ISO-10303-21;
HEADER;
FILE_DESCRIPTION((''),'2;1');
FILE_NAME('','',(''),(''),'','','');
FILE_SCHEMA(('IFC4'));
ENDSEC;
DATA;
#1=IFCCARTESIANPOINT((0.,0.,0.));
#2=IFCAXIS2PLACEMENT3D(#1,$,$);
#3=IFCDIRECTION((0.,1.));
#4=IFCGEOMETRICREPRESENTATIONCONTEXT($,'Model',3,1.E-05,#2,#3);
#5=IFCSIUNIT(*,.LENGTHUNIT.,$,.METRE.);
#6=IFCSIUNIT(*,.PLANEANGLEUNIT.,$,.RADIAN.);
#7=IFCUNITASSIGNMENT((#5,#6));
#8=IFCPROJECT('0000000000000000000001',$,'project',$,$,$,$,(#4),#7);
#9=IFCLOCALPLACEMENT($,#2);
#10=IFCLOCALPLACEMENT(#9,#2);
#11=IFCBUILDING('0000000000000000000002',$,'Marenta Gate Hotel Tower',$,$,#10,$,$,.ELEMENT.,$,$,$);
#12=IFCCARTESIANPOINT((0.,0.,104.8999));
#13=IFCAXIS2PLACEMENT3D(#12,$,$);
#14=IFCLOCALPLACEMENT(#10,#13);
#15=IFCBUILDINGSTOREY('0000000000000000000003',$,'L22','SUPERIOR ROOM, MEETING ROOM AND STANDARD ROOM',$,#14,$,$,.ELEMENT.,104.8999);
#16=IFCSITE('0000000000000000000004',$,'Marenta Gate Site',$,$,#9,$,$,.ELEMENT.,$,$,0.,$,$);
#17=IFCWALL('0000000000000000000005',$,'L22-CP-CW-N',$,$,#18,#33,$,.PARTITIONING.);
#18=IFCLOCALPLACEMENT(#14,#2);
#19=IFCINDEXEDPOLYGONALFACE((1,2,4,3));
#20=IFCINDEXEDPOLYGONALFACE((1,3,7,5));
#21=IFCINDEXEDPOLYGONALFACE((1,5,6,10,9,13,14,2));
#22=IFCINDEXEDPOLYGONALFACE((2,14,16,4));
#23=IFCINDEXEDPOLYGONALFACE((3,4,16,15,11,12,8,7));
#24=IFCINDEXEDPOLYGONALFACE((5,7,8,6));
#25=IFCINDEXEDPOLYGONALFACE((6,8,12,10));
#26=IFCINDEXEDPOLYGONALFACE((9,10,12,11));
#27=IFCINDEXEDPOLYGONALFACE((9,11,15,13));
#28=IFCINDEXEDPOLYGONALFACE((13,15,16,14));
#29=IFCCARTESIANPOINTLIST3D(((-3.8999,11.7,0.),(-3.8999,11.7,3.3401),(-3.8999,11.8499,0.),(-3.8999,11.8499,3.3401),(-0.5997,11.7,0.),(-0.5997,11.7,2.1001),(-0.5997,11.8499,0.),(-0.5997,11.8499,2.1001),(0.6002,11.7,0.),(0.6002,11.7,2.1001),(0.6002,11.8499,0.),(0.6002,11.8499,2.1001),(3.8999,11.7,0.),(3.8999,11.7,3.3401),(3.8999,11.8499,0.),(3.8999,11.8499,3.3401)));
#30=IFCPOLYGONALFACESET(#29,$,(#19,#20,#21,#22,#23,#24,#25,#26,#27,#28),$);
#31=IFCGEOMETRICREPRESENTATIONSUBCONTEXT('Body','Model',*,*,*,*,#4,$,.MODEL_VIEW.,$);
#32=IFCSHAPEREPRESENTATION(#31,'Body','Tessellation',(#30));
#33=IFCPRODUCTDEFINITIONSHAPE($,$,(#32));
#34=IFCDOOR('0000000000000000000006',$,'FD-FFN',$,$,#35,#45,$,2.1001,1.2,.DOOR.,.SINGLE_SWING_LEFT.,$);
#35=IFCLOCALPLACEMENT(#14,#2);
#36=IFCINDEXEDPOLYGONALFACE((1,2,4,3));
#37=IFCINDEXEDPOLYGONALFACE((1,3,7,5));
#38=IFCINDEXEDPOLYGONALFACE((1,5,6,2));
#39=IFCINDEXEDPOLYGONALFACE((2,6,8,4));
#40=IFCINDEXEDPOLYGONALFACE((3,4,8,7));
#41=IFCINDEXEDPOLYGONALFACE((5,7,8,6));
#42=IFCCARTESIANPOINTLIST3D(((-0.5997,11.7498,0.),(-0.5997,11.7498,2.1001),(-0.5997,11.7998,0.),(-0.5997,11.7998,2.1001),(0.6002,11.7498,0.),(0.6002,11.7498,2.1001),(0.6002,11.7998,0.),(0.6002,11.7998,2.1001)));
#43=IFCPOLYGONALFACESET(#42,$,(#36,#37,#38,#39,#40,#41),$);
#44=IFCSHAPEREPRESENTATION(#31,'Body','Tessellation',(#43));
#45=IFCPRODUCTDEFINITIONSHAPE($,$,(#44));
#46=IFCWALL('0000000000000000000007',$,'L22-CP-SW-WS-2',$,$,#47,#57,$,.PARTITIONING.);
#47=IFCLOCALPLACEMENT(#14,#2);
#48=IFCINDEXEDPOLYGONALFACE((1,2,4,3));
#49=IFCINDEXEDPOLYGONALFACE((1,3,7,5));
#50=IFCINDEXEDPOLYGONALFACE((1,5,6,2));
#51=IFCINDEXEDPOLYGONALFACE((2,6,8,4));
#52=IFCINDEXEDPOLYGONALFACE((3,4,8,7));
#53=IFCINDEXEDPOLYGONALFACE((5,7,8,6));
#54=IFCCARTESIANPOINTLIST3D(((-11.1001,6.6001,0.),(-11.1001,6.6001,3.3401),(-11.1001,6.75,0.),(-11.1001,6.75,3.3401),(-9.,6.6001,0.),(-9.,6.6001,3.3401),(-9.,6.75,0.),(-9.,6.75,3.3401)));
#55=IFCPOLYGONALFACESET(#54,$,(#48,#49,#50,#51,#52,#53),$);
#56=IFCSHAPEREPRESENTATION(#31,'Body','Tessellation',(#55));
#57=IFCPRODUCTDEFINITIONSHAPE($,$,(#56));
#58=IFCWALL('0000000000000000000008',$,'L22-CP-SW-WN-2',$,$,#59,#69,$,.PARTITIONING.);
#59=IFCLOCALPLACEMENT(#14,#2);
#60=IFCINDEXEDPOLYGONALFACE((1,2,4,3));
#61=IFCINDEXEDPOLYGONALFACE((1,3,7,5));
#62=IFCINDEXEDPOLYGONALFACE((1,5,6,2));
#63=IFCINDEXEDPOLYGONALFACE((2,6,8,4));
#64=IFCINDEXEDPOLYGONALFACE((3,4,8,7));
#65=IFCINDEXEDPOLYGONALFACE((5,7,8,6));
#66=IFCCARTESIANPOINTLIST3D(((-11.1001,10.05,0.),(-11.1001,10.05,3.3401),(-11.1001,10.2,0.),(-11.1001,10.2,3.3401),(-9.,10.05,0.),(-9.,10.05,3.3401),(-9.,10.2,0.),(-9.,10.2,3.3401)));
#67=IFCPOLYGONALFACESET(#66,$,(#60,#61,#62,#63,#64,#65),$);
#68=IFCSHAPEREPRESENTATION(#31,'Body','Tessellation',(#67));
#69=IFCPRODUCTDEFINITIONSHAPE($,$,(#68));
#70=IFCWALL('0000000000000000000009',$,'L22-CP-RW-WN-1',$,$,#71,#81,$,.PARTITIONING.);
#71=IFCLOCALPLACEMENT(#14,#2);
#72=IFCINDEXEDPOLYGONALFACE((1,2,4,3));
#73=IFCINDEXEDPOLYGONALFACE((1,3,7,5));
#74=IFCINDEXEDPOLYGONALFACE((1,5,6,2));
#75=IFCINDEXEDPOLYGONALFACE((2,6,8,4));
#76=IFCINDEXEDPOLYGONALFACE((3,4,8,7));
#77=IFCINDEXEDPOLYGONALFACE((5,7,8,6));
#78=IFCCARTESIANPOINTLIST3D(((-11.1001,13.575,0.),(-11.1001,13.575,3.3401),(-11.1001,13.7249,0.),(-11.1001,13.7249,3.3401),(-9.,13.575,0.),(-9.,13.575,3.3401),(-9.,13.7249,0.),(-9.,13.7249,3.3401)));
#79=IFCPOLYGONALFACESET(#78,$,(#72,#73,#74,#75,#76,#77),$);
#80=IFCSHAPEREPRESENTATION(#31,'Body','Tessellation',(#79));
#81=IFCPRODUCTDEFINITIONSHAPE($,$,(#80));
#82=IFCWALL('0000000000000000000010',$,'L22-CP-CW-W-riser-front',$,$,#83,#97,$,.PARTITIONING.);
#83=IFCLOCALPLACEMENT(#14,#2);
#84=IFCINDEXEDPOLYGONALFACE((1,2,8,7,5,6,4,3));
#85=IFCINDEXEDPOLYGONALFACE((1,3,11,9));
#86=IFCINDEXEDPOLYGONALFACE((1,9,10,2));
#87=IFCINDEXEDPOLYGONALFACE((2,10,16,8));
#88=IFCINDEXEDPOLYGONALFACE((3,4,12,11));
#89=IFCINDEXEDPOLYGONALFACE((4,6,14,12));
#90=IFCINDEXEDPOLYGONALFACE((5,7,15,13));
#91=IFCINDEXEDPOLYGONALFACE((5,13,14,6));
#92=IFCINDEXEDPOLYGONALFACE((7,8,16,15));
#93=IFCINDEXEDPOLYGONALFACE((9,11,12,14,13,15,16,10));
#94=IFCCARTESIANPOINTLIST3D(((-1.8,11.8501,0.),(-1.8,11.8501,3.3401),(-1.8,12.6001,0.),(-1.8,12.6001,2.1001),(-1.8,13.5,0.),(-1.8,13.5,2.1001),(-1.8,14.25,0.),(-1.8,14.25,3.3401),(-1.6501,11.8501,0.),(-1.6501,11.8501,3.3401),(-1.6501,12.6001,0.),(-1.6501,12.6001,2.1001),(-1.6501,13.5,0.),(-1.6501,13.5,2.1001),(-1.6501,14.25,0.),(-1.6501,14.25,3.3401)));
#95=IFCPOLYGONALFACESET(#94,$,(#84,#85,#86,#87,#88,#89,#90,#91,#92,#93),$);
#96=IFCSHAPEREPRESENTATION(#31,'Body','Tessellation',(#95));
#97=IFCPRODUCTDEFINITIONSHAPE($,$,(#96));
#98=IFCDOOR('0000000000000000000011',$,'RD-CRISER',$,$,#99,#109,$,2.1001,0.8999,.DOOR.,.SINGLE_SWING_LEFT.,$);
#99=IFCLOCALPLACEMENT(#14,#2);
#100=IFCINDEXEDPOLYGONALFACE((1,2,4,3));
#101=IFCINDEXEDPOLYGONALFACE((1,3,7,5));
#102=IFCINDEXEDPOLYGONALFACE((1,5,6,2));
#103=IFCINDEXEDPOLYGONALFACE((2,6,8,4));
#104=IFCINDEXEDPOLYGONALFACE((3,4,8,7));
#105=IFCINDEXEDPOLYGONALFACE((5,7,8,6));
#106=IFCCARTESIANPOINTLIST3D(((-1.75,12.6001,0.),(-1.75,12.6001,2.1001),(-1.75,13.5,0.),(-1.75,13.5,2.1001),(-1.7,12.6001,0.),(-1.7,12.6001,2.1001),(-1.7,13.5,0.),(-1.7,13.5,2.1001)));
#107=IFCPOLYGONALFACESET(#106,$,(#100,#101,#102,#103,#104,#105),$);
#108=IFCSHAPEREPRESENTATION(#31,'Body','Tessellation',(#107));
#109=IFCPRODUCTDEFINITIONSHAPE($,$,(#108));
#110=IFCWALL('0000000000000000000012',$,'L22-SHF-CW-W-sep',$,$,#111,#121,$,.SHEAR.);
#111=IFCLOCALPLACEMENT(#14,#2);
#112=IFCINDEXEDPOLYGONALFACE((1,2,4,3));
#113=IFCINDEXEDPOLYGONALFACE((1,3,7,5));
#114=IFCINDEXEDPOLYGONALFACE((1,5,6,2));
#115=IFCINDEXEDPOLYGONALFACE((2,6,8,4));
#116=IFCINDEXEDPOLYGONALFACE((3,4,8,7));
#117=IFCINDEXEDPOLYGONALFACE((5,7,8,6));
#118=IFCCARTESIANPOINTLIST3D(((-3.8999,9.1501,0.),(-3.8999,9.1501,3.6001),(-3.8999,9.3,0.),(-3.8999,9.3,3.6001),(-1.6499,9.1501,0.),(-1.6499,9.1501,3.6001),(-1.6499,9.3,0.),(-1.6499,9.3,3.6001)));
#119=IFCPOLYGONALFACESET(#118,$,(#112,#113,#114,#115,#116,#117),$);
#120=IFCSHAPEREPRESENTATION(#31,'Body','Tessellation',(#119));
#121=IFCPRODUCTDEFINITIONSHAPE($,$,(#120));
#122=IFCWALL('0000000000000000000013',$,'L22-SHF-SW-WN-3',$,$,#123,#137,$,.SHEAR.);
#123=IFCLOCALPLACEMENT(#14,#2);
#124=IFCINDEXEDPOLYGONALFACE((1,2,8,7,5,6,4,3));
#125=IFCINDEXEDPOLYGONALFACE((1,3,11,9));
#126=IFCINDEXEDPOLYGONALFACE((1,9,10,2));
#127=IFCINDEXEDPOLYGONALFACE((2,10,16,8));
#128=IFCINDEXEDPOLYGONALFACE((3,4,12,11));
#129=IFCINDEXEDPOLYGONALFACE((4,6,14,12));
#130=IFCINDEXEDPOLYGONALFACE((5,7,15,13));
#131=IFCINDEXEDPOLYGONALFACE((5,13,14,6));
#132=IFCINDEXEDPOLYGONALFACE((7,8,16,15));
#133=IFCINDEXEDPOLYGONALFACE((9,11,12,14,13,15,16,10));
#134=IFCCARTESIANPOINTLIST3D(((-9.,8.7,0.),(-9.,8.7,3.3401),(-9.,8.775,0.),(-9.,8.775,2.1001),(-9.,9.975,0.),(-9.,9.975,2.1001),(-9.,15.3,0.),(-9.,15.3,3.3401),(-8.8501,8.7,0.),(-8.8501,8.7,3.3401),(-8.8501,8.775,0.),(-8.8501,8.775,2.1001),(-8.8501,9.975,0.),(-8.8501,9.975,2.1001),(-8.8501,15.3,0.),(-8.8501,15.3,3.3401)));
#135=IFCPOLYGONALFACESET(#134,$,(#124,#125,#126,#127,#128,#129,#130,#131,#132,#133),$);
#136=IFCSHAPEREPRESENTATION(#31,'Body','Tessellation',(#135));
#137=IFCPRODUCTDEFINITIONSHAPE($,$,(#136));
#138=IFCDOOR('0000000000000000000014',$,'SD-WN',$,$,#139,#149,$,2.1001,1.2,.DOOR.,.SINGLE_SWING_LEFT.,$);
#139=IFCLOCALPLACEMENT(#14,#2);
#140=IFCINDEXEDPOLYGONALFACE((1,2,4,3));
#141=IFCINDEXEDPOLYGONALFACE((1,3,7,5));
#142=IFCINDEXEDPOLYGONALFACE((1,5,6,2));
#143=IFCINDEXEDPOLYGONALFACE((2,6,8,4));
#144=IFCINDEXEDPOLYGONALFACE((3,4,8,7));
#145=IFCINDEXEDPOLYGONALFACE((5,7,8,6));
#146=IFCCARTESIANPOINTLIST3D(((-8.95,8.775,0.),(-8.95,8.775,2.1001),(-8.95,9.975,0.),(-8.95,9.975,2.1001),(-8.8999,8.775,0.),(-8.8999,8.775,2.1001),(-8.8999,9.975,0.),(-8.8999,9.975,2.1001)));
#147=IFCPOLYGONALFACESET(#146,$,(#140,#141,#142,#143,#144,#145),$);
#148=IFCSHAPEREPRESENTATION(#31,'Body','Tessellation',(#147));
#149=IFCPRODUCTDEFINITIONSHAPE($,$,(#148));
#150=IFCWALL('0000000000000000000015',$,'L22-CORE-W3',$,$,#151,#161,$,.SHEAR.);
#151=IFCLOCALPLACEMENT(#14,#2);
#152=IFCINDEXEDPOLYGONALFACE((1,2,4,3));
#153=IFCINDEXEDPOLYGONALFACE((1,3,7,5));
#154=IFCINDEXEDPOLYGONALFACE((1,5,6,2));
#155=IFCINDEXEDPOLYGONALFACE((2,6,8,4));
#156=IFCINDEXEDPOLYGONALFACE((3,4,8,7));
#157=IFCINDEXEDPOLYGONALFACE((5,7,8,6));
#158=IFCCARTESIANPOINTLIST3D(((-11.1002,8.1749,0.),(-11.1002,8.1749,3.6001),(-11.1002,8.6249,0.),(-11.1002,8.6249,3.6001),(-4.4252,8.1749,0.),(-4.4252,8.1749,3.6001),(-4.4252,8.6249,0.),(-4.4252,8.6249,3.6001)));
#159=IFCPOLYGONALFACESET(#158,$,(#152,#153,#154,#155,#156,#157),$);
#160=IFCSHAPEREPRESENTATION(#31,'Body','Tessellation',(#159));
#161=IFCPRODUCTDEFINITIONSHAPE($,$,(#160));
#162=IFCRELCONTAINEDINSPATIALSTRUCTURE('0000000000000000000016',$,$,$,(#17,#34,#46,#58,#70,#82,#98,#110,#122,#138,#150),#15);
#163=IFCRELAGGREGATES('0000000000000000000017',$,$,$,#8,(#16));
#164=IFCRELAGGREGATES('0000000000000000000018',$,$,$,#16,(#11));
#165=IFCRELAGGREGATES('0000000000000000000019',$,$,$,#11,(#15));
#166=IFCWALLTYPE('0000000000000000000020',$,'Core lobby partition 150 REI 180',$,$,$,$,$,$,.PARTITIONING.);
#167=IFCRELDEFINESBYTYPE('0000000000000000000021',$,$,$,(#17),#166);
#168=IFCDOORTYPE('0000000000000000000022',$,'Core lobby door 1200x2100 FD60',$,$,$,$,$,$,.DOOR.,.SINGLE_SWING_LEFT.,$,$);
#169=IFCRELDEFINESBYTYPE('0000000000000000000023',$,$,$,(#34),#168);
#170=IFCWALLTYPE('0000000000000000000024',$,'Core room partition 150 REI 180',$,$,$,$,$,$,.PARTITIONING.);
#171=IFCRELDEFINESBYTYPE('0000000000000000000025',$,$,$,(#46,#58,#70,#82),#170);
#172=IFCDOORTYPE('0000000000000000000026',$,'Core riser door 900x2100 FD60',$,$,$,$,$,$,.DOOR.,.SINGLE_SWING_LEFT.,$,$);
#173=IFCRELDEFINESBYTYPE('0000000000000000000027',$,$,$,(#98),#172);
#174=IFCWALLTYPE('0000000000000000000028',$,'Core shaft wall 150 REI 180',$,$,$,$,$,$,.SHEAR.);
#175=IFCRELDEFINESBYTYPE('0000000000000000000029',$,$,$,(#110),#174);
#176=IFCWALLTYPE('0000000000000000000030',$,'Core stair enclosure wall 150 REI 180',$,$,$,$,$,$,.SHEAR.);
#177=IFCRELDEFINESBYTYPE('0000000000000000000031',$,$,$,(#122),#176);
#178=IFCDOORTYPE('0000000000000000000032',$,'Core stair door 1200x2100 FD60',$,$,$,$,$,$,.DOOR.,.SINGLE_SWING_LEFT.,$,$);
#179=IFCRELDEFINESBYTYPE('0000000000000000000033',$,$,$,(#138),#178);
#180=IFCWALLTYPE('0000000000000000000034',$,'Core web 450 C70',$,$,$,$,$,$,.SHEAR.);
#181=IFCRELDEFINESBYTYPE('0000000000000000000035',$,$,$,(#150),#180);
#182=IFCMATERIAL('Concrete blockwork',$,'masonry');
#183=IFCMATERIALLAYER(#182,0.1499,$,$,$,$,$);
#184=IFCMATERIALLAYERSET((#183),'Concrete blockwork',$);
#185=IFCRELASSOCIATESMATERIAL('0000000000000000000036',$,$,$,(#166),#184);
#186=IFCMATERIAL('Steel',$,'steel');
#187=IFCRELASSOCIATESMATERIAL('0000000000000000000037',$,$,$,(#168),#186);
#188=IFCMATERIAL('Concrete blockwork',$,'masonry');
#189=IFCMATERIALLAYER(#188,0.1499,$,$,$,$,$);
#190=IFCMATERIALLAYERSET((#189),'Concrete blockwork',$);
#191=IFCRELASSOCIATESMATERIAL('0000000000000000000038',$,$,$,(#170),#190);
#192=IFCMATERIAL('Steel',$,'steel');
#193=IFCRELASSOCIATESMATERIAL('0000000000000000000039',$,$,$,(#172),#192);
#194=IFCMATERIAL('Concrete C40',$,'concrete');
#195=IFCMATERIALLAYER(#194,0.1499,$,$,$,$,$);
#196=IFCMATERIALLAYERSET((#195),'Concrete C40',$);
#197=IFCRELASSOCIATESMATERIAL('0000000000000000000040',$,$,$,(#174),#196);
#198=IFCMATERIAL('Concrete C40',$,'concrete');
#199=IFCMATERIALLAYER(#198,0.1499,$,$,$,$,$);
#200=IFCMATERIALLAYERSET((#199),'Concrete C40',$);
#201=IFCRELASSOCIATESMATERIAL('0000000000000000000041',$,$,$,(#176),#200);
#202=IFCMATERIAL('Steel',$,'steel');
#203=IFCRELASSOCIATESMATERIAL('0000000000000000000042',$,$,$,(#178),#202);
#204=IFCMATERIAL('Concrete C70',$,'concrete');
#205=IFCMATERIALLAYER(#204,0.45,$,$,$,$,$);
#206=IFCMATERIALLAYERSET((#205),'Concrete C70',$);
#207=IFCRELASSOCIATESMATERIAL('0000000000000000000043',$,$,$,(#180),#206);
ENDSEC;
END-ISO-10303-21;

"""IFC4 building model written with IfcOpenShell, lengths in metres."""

from ifc_helpers import new_model, si_unit, direction, frame, frame_2d, origin, place, context, subcontext, project, spatial, rectangle, extrude, material, layer, layer_set, type_object, element, fill, save


model = new_model("IFC4")

# Units and contexts
model_context = context("Model", 3, precision=1e-05, world=origin(), true_north=direction((0.0, 1.0)))
body_context = subcontext(model_context, "Body", "Model", "MODEL_VIEW")
ifc_project = project(units=[si_unit("LENGTHUNIT", "METRE"), si_unit("PLANEANGLEUNIT", "RADIAN")], contexts=[model_context])

# Site, building, storey
site_placement = place(None, origin())
site = spatial("IfcSite", under=ifc_project, at=site_placement, Name="Marenta Gate Site", CompositionType="ELEMENT", RefElevation=0.0)
building_placement = place(site_placement, origin())
building = spatial("IfcBuilding", under=site, at=building_placement, Name="Marenta Gate Hotel Tower", CompositionType="ELEMENT")
storey_placement = place(building_placement, frame((0.0, 0.0, 104.8999)))
storey = spatial("IfcBuildingStorey", under=building, at=storey_placement, Name="L22", Description="SUPERIOR ROOM, MEETING ROOM AND STANDARD ROOM", CompositionType="ELEMENT", Elevation=104.8999)

# Wall, opening, door
ifc_material_1 = material(Name="Concrete blockwork", Category="masonry")
ifc_layer_1 = layer(ifc_material_1, 0.1499)
ifc_layer_set_1 = layer_set([ifc_layer_1], Name="Concrete blockwork")
wall_type_1 = type_object("IfcWallType", Name="Core lobby partition 150 REI 180", PredefinedType="PARTITIONING", material=ifc_layer_set_1)
wall_1_placement = place(storey_placement, frame((-3.8999, 11.7749, 0.0), z_axis=(0.0, 0.0, 1.0), x_axis=(1.0, 0.0, 0.0)))
wall_1 = element("IfcWall", 1, at=wall_1_placement, inside=storey, type_object=wall_type_1, Name="L22-CP-CW-N", PredefinedType="PARTITIONING", context=body_context, shape_type="SweptSolid", body=[
    extrude(rectangle(XDim=7.7998, YDim=0.1499, at=frame_2d((3.8999, 0.0))), origin(), (0.0, 0.0, 1.0), 3.3401),
])
opening_1_placement = place(wall_1_placement, frame((3.3, 0.0, 0.0)))
opening_1 = element("IfcOpeningElement", 2, at=opening_1_placement, cuts=wall_1, PredefinedType="OPENING", context=body_context, shape_type="SweptSolid", body=[
    extrude(rectangle(XDim=1.2, YDim=2.1001, at=frame_2d((0.6001, 1.05))), frame((0.0, 0.075, 0.0), z_axis=(0.0, -1.0, 0.0), x_axis=(1.0, 0.0, 0.0)), (0.0, 0.0, 1.0), 0.1499),
])
ifc_material_2 = material(Name="Steel", Category="steel")
door_type_1 = type_object("IfcDoorType", Name="Core lobby door 1200x2100 FD60", OperationType="SINGLE_SWING_LEFT", PredefinedType="DOOR", material=ifc_material_2)
door_1_placement = place(opening_1_placement, origin())
door_1 = element("IfcDoor", 3, at=door_1_placement, inside=storey, type_object=door_type_1, Name="FD-FFN", OperationType="SINGLE_SWING_LEFT", OverallHeight=2.1001, OverallWidth=1.2, PredefinedType="DOOR", context=body_context, shape_type="SweptSolid", body=[
    extrude(rectangle(XDim=1.2, YDim=2.1001, at=frame_2d((0.6001, 1.05))), frame((0.0, 0.0249, 0.0), z_axis=(0.0, -1.0, 0.0), x_axis=(1.0, 0.0, 0.0)), (0.0, 0.0, 1.0), 0.05),
])
fill(opening_1, door_1)

# Walls
ifc_material_3 = material(Name="Concrete blockwork", Category="masonry")
ifc_layer_2 = layer(ifc_material_3, 0.1499)
ifc_layer_set_2 = layer_set([ifc_layer_2], Name="Concrete blockwork")
wall_type_2 = type_object("IfcWallType", Name="Core room partition 150 REI 180", PredefinedType="PARTITIONING", material=ifc_layer_set_2)
for number, where, z_axis, x_axis, name in (
    (4, (-11.1001, 6.675, 0.0), (0.0, 0.0, 1.0), (1.0, 0.0, 0.0), "L22-CP-SW-WS-2"),
    (5, (-11.1001, 10.125, 0.0), (0.0, 0.0, 1.0), (1.0, 0.0, 0.0), "L22-CP-SW-WN-2"),
    (6, (-11.1001, 13.6499, 0.0), (0.0, 0.0, 1.0), (1.0, 0.0, 0.0), "L22-CP-RW-WN-1"),
):
    element("IfcWall", number, at=place(storey_placement, frame(where, z_axis=z_axis, x_axis=x_axis)), inside=storey, type_object=wall_type_2, Name=name, PredefinedType="PARTITIONING", context=body_context, shape_type="SweptSolid", body=[
        extrude(rectangle(XDim=2.1001, YDim=0.1499, at=frame_2d((1.05, 0.0))), origin(), (0.0, 0.0, 1.0), 3.3401),
    ])

# Wall, opening, door
wall_2_placement = place(storey_placement, frame((-1.7251, 11.8501, 0.0), z_axis=(0.0, 0.0, 1.0), x_axis=(0.0, 1.0, 0.0)))
wall_2 = element("IfcWall", 7, at=wall_2_placement, inside=storey, type_object=wall_type_2, Name="L22-CP-CW-W-riser-front", PredefinedType="PARTITIONING", context=body_context, shape_type="SweptSolid", body=[
    extrude(rectangle(XDim=2.3999, YDim=0.1499, at=frame_2d((1.2, 0.0))), origin(), (0.0, 0.0, 1.0), 3.3401),
])
opening_2_placement = place(wall_2_placement, frame((0.75, 0.0, 0.0)))
opening_2 = element("IfcOpeningElement", 8, at=opening_2_placement, cuts=wall_2, PredefinedType="OPENING", context=body_context, shape_type="SweptSolid", body=[
    extrude(rectangle(XDim=0.8999, YDim=2.1001, at=frame_2d((0.45, 1.05))), frame((0.0, 0.075, 0.0), z_axis=(0.0, -1.0, 0.0), x_axis=(1.0, 0.0, 0.0)), (0.0, 0.0, 1.0), 0.1499),
])
ifc_material_4 = material(Name="Steel", Category="steel")
door_type_2 = type_object("IfcDoorType", Name="Core riser door 900x2100 FD60", OperationType="SINGLE_SWING_LEFT", PredefinedType="DOOR", material=ifc_material_4)
door_2_placement = place(opening_2_placement, origin())
door_2 = element("IfcDoor", 9, at=door_2_placement, inside=storey, type_object=door_type_2, Name="RD-CRISER", OperationType="SINGLE_SWING_LEFT", OverallHeight=2.1001, OverallWidth=0.8999, PredefinedType="DOOR", context=body_context, shape_type="SweptSolid", body=[
    extrude(rectangle(XDim=0.8999, YDim=2.1001, at=frame_2d((0.45, 1.05))), frame((0.0, 0.0249, 0.0), z_axis=(0.0, -1.0, 0.0), x_axis=(1.0, 0.0, 0.0)), (0.0, 0.0, 1.0), 0.05),
])
fill(opening_2, door_2)

# Wall
ifc_material_5 = material(Name="Concrete C40", Category="concrete")
ifc_layer_3 = layer(ifc_material_5, 0.1499)
ifc_layer_set_3 = layer_set([ifc_layer_3], Name="Concrete C40")
wall_type_3 = type_object("IfcWallType", Name="Core shaft wall 150 REI 180", PredefinedType="SHEAR", material=ifc_layer_set_3)
wall_3_placement = place(storey_placement, frame((-3.8999, 9.2251, 0.0), z_axis=(0.0, 0.0, 1.0), x_axis=(1.0, 0.0, 0.0)))
element("IfcWall", 10, at=wall_3_placement, inside=storey, type_object=wall_type_3, Name="L22-SHF-CW-W-sep", PredefinedType="SHEAR", context=body_context, shape_type="SweptSolid", body=[
    extrude(rectangle(XDim=2.25, YDim=0.1499, at=frame_2d((1.125, 0.0))), origin(), (0.0, 0.0, 1.0), 3.6001),
])

# Wall, opening, door
ifc_material_6 = material(Name="Concrete C40", Category="concrete")
ifc_layer_4 = layer(ifc_material_6, 0.1499)
ifc_layer_set_4 = layer_set([ifc_layer_4], Name="Concrete C40")
wall_type_4 = type_object("IfcWallType", Name="Core stair enclosure wall 150 REI 180", PredefinedType="SHEAR", material=ifc_layer_set_4)
wall_4_placement = place(storey_placement, frame((-8.925, 8.7, 0.0), z_axis=(0.0, 0.0, 1.0), x_axis=(0.0, 1.0, 0.0)))
wall_4 = element("IfcWall", 11, at=wall_4_placement, inside=storey, type_object=wall_type_4, Name="L22-SHF-SW-WN-3", PredefinedType="SHEAR", context=body_context, shape_type="SweptSolid", body=[
    extrude(rectangle(XDim=6.6001, YDim=0.1499, at=frame_2d((3.3, 0.0))), origin(), (0.0, 0.0, 1.0), 3.3401),
])
opening_3_placement = place(wall_4_placement, frame((0.075, 0.0, 0.0)))
opening_3 = element("IfcOpeningElement", 12, at=opening_3_placement, cuts=wall_4, PredefinedType="OPENING", context=body_context, shape_type="SweptSolid", body=[
    extrude(rectangle(XDim=1.2, YDim=2.1001, at=frame_2d((0.6001, 1.05))), frame((0.0, 0.075, 0.0), z_axis=(0.0, -1.0, 0.0), x_axis=(1.0, 0.0, 0.0)), (0.0, 0.0, 1.0), 0.1499),
])
ifc_material_7 = material(Name="Steel", Category="steel")
door_type_3 = type_object("IfcDoorType", Name="Core stair door 1200x2100 FD60", OperationType="SINGLE_SWING_LEFT", PredefinedType="DOOR", material=ifc_material_7)
door_3_placement = place(opening_3_placement, origin())
door_3 = element("IfcDoor", 13, at=door_3_placement, inside=storey, type_object=door_type_3, Name="SD-WN", OperationType="SINGLE_SWING_LEFT", OverallHeight=2.1001, OverallWidth=1.2, PredefinedType="DOOR", context=body_context, shape_type="SweptSolid", body=[
    extrude(rectangle(XDim=1.2, YDim=2.1001, at=frame_2d((0.6001, 1.05))), frame((0.0, 0.0249, 0.0), z_axis=(0.0, -1.0, 0.0), x_axis=(1.0, 0.0, 0.0)), (0.0, 0.0, 1.0), 0.05),
])
fill(opening_3, door_3)

# Wall
ifc_material_8 = material(Name="Concrete C70", Category="concrete")
ifc_layer_5 = layer(ifc_material_8, 0.45)
ifc_layer_set_5 = layer_set([ifc_layer_5], Name="Concrete C70")
wall_type_5 = type_object("IfcWallType", Name="Core web 450 C70", PredefinedType="SHEAR", material=ifc_layer_set_5)
wall_5_placement = place(storey_placement, frame((-11.1001, 8.3999, 0.0), z_axis=(0.0, 0.0, 1.0), x_axis=(1.0, 0.0, 0.0)))
element("IfcWall", 14, at=wall_5_placement, inside=storey, type_object=wall_type_5, Name="L22-CORE-W3", PredefinedType="SHEAR", context=body_context, shape_type="SweptSolid", body=[
    extrude(rectangle(XDim=6.675, YDim=0.45, at=frame_2d((3.3374, 0.0))), origin(), (0.0, 0.0, 1.0), 3.6001),
])

save(model, "model.ifc")
